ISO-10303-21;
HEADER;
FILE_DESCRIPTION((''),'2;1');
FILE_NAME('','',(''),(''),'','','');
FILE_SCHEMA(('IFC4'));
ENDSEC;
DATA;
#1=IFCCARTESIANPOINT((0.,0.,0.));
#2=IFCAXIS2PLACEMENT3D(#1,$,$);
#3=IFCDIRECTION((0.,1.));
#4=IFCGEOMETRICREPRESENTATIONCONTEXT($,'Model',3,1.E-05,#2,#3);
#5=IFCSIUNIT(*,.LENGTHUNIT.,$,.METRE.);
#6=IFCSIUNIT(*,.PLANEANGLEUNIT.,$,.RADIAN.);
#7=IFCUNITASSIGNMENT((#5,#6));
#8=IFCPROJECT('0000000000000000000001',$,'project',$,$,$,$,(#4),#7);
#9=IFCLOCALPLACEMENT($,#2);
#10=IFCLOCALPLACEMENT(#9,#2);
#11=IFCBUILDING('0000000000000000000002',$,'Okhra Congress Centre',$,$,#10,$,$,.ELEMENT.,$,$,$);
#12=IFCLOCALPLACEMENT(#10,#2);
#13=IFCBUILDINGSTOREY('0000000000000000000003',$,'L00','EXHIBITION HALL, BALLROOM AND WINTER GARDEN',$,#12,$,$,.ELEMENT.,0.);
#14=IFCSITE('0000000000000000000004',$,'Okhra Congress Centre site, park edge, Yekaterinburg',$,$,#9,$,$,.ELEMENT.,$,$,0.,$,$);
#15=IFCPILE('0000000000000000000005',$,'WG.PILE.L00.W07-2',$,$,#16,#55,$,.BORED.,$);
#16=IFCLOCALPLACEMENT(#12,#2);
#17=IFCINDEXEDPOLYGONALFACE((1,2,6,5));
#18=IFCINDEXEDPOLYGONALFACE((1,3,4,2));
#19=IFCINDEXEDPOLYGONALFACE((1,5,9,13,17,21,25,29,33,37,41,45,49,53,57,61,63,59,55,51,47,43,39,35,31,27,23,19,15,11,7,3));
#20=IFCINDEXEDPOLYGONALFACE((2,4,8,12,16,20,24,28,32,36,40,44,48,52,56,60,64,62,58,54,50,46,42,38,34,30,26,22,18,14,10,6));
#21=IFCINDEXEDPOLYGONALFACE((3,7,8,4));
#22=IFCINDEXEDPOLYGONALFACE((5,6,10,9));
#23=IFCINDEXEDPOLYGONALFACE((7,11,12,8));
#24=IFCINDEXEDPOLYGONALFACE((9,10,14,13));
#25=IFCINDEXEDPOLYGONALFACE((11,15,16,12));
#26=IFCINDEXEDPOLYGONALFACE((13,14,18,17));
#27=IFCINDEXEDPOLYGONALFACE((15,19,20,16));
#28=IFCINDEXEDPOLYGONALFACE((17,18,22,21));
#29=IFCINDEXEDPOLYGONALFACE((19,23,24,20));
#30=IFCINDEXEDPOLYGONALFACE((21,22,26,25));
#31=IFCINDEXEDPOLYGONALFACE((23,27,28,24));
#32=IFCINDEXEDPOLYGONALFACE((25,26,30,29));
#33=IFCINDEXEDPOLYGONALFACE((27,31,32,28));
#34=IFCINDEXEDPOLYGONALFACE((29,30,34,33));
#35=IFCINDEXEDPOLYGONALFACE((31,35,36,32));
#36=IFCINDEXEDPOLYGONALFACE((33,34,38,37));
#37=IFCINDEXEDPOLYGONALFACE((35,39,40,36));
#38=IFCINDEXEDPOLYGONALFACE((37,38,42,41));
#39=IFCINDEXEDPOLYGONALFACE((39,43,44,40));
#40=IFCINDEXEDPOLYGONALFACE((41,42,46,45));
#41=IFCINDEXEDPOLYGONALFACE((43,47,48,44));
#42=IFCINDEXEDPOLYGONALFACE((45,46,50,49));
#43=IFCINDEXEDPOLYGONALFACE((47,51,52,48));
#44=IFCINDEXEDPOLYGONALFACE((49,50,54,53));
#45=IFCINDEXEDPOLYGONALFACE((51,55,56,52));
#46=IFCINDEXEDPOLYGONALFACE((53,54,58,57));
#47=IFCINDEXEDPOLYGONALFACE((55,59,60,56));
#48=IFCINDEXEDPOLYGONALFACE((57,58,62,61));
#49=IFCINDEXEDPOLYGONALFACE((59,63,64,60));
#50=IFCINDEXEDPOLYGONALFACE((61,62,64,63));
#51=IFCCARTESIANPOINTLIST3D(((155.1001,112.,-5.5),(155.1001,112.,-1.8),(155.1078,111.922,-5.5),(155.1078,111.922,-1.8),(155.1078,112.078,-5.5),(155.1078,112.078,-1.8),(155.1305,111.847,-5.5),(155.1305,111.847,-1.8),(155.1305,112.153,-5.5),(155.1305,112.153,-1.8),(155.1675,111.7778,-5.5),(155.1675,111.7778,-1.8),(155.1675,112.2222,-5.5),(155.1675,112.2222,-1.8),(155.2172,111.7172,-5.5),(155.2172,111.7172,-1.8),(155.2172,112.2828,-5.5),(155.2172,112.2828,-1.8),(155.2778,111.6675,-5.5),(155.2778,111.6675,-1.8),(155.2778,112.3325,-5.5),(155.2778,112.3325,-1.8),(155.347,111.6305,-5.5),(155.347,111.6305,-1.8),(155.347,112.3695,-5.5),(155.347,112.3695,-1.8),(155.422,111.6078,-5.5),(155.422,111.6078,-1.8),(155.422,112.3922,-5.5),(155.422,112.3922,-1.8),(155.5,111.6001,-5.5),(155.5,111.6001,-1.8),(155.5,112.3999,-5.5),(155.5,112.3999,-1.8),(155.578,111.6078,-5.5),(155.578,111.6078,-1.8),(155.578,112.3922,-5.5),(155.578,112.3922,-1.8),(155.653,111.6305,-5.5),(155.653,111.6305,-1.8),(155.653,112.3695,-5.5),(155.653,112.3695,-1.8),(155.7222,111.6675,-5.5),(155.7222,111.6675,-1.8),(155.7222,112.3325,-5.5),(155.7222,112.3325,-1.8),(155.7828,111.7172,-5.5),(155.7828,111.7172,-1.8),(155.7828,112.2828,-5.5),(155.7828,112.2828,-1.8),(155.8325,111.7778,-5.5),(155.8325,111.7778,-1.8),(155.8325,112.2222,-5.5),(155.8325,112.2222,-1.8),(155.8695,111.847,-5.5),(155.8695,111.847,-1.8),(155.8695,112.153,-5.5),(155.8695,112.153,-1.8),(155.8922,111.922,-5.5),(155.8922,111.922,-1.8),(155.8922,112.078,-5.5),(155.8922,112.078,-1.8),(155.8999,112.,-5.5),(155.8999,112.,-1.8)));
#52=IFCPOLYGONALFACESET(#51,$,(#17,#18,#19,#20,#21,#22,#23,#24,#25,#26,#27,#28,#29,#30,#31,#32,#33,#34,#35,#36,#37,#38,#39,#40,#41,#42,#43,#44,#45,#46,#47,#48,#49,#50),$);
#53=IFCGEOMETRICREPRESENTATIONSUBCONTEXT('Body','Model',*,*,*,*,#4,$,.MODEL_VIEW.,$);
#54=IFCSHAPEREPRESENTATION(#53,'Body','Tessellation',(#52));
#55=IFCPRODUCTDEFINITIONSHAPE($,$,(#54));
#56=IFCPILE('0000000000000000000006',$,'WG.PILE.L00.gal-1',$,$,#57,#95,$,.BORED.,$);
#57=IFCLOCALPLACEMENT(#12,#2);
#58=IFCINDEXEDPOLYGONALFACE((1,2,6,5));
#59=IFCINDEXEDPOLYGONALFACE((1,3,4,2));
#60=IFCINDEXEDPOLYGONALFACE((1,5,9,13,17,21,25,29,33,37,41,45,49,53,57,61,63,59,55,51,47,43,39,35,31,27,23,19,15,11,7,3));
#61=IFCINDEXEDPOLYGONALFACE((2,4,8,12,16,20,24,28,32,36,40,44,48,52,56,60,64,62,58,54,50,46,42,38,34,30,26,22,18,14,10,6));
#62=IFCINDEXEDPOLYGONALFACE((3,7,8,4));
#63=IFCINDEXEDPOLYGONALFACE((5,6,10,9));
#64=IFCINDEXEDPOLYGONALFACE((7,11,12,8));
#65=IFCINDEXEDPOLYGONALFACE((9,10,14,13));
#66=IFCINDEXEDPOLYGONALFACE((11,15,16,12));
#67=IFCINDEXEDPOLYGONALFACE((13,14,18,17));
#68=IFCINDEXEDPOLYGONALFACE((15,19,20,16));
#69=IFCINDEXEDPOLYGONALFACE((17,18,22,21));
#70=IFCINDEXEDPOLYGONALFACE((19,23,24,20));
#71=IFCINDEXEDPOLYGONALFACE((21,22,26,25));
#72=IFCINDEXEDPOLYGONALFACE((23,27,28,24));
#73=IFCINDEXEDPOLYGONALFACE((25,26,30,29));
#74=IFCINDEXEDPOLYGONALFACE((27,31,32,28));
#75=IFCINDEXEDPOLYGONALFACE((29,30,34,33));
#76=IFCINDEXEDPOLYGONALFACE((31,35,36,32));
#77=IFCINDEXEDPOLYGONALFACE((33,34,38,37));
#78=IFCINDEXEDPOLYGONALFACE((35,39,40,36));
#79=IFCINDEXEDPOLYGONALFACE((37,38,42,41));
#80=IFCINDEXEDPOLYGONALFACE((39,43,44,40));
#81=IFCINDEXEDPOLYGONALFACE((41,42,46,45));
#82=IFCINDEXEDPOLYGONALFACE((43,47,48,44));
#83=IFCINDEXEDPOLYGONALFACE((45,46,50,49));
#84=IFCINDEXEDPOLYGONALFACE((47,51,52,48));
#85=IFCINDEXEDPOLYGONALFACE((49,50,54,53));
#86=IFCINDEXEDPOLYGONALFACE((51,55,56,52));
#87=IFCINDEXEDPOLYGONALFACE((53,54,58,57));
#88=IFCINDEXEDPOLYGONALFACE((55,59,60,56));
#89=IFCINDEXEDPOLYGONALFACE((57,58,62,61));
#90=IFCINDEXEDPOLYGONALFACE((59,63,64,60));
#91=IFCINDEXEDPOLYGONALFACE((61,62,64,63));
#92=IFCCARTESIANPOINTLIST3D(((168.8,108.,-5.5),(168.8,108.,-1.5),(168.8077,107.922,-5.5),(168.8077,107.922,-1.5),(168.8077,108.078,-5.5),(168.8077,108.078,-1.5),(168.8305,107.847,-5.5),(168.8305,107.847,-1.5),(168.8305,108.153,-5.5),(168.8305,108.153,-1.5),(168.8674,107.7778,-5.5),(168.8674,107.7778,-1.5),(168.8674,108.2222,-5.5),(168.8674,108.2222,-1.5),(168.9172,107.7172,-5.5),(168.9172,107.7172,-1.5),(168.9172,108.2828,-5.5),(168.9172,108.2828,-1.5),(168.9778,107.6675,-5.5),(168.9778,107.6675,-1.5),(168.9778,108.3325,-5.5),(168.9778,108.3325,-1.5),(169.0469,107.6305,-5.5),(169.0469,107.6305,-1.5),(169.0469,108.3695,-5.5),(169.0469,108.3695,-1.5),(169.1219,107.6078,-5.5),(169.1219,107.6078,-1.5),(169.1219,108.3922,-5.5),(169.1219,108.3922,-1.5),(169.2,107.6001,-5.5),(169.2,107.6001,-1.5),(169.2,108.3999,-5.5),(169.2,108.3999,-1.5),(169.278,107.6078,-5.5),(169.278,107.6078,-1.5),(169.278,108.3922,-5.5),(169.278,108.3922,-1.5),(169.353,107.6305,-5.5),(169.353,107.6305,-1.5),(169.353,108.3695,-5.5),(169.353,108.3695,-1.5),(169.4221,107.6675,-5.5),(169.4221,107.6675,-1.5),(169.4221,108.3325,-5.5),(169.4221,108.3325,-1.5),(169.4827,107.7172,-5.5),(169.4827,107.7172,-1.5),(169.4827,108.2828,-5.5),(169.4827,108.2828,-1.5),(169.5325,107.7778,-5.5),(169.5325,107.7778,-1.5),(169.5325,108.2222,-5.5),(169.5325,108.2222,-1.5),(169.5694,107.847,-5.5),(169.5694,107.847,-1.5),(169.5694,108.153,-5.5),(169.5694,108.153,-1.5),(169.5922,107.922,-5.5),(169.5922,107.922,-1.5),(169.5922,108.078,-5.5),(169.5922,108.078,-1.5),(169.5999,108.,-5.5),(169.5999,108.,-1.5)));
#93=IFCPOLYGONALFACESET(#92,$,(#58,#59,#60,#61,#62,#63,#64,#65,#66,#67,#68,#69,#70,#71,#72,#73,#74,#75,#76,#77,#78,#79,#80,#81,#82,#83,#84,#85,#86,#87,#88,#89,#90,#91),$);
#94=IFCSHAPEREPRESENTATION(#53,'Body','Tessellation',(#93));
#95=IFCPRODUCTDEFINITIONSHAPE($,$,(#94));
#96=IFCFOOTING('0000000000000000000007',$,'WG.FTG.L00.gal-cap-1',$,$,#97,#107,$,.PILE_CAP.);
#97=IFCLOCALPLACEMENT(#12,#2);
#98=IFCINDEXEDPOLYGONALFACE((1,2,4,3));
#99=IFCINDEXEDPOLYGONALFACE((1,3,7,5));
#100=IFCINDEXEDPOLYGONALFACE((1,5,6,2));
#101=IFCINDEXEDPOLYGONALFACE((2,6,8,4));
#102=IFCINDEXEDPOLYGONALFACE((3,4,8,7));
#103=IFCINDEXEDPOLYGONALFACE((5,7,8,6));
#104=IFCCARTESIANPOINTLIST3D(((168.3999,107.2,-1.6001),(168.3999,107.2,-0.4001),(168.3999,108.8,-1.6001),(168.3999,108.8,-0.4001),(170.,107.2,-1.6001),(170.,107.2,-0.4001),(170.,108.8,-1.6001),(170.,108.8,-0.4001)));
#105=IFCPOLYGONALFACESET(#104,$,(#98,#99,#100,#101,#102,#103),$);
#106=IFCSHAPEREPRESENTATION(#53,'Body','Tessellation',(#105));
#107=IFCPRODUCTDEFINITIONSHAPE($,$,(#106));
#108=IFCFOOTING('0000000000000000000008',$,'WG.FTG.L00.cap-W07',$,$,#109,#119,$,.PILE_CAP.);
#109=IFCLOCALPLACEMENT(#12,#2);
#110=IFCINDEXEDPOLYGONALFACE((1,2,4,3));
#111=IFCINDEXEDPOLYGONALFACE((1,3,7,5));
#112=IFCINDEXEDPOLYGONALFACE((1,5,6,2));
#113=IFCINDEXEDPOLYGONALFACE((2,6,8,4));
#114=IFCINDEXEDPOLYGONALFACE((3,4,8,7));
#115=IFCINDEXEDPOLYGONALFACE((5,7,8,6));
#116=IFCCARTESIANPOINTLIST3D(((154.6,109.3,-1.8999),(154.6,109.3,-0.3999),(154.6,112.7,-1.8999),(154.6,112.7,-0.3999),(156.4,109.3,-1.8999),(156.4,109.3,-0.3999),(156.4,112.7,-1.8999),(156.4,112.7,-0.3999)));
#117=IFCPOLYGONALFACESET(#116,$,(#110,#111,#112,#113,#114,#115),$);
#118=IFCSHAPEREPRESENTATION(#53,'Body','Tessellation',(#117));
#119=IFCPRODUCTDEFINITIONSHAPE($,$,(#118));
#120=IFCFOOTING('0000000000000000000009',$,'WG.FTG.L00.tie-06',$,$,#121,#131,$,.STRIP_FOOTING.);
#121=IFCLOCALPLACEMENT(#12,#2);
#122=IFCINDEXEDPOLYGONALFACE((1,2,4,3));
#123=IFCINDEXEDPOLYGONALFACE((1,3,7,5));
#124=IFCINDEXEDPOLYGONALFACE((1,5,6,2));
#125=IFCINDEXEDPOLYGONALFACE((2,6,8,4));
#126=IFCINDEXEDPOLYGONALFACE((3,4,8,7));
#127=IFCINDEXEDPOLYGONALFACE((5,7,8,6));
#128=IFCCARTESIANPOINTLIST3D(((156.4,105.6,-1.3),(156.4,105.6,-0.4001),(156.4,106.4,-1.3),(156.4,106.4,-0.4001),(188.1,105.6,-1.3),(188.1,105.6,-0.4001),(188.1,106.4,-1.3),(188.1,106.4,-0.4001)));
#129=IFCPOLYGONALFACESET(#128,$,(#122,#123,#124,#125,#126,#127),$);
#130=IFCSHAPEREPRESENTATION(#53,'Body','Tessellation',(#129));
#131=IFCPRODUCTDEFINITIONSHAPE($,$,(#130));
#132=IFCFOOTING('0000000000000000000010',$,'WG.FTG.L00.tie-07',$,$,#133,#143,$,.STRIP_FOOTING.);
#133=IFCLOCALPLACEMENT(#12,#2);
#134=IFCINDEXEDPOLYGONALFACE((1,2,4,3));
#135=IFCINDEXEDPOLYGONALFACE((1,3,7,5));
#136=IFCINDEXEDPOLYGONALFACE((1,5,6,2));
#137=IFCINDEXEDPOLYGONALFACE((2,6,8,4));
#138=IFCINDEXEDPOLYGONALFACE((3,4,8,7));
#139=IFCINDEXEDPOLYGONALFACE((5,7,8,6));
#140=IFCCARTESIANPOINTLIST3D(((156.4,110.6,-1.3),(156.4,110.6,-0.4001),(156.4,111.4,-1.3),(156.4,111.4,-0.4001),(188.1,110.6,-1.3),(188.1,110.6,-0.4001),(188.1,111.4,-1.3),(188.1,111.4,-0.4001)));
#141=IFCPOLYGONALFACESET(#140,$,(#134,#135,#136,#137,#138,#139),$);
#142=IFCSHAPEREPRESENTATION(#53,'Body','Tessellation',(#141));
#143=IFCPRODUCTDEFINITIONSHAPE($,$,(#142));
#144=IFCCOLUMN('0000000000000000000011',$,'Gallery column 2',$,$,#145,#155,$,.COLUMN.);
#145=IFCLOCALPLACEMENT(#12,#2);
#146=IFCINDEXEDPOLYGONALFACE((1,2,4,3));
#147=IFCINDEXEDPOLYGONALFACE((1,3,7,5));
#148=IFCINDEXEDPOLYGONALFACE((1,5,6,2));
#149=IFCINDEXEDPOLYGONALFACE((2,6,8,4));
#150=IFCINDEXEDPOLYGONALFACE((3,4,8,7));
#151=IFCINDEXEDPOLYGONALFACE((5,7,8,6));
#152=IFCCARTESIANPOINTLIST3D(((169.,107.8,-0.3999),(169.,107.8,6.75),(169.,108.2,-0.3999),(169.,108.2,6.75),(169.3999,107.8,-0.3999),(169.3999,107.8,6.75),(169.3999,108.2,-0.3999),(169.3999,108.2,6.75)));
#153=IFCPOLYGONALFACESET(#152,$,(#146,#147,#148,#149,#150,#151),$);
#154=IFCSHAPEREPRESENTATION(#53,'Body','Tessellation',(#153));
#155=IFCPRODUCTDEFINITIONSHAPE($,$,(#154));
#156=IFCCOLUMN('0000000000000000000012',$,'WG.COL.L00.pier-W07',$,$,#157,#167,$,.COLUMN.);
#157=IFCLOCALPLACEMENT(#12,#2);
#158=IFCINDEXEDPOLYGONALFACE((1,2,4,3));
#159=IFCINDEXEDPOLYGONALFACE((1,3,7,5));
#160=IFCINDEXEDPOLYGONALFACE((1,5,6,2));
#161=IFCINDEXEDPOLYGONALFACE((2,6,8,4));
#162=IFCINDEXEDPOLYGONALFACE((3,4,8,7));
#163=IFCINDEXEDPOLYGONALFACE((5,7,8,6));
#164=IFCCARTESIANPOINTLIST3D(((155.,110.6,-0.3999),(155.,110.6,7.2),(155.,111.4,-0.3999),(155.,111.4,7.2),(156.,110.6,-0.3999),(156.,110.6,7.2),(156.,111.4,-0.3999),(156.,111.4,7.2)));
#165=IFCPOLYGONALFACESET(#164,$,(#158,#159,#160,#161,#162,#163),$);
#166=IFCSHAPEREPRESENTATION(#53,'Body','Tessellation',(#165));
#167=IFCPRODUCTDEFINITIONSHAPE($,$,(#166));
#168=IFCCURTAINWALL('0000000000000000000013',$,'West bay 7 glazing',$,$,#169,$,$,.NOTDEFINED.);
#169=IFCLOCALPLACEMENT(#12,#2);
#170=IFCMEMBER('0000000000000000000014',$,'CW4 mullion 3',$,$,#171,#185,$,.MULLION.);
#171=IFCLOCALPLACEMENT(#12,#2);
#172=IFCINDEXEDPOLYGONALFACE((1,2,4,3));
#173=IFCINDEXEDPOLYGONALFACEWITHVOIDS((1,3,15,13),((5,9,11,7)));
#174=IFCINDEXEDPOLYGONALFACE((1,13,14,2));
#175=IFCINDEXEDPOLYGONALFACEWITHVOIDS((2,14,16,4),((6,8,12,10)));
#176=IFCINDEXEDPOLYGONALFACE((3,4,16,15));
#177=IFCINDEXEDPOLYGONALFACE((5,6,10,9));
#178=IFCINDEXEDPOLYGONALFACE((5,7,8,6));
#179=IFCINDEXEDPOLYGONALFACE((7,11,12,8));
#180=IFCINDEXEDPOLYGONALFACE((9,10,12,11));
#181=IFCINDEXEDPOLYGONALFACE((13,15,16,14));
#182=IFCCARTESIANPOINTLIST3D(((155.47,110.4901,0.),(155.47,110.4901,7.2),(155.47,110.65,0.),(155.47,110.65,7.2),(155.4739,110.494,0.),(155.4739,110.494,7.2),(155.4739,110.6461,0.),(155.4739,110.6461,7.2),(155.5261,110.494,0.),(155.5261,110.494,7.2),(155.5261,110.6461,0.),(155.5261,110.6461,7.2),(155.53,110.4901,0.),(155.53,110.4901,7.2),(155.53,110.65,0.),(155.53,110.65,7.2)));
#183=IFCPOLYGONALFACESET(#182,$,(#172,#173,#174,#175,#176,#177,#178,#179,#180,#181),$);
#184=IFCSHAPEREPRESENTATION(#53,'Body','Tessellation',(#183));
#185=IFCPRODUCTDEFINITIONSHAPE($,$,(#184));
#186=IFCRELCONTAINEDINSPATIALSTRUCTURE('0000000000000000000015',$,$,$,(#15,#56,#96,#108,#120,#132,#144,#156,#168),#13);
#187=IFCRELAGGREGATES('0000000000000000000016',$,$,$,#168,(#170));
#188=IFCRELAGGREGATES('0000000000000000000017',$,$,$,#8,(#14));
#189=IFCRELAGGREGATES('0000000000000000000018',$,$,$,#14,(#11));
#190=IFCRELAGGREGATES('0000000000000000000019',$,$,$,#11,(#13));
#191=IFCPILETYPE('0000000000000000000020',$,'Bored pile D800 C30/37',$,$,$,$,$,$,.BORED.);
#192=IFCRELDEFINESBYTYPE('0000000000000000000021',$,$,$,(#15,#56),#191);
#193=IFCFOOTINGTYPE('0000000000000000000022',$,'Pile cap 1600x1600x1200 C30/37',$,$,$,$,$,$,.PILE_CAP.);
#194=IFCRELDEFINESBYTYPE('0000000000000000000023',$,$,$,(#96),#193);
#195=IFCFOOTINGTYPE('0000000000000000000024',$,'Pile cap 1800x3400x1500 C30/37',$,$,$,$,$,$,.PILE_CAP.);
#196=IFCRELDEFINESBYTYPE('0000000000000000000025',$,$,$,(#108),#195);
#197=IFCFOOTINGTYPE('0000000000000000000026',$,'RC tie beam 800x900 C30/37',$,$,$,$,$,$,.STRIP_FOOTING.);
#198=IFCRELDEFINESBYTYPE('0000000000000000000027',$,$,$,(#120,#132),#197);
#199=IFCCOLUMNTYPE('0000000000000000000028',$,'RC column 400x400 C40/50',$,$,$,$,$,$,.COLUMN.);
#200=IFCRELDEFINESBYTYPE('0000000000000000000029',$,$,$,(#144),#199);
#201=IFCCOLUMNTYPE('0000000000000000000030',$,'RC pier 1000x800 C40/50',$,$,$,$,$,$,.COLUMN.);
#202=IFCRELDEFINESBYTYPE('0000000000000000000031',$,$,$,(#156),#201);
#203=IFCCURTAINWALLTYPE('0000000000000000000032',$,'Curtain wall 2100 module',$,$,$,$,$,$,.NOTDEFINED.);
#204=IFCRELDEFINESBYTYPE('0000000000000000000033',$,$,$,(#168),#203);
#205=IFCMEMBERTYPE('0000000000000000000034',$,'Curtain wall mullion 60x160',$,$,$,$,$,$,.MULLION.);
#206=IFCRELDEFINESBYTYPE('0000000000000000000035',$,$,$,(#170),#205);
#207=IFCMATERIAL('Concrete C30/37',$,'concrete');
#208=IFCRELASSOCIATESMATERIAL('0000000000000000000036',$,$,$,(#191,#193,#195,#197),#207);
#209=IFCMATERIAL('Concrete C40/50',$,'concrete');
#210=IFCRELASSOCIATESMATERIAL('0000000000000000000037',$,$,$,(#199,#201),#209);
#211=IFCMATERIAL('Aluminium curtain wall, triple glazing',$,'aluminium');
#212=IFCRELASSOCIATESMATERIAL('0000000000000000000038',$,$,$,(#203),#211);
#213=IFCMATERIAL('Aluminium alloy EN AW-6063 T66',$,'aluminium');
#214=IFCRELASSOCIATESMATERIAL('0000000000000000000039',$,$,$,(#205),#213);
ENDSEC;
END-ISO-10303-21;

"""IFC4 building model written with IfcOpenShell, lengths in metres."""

from ifc_helpers import new_model, si_unit, direction, frame, origin, origin_2d, place, context, subcontext, project, spatial, rectangle, hollow_rectangle, circle, extrude, material, material_profile, profile_set, type_object, element, aggregate, save


model = new_model("IFC4")

# Units and contexts
model_context = context("Model", 3, precision=1e-05, world=origin(), true_north=direction((0.0, 1.0)))
body_context = subcontext(model_context, "Body", "Model", "MODEL_VIEW")
ifc_project = project(units=[si_unit("LENGTHUNIT", "METRE"), si_unit("PLANEANGLEUNIT", "RADIAN")], contexts=[model_context])

# Site, building, storey
site_placement = place(None, origin())
site = spatial("IfcSite", under=ifc_project, at=site_placement, Name="Okhra Congress Centre site, park edge, Yekaterinburg", CompositionType="ELEMENT", RefElevation=0.0)
building_placement = place(site_placement, origin())
building = spatial("IfcBuilding", under=site, at=building_placement, Name="Okhra Congress Centre", CompositionType="ELEMENT")
storey_placement = place(building_placement, origin())
storey = spatial("IfcBuildingStorey", under=building, at=storey_placement, Name="L00", Description="EXHIBITION HALL, BALLROOM AND WINTER GARDEN", CompositionType="ELEMENT", Elevation=0.0)

# Piles
ifc_material_1 = material(Name="Concrete C30/37", Category="concrete")
ifc_material_profile_1 = material_profile(ifc_material_1, circle(Radius=0.3999, at=origin_2d()), Name="D800")
ifc_profile_set_1 = profile_set([ifc_material_profile_1], Name="Concrete C30/37")
pile_type = type_object("IfcPileType", Name="Bored pile D800 C30/37", PredefinedType="BORED", material=ifc_profile_set_1)
pile_1_placement = place(storey_placement, frame((155.5, 112.0, -1.8), z_axis=(0.0, 0.0, -1.0), x_axis=(1.0, 0.0, 0.0)))
element("IfcPile", 1, at=pile_1_placement, inside=storey, type_object=pile_type, Name="WG.PILE.L00.W07-2", PredefinedType="BORED", context=body_context, shape_type="SweptSolid", body=[
    extrude(circle(Radius=0.3999, at=origin_2d()), origin(), (0.0, 0.0, 1.0), 3.7),
])
pile_2_placement = place(storey_placement, frame((169.2, 108.0, -1.5), z_axis=(0.0, 0.0, -1.0), x_axis=(1.0, 0.0, 0.0)))
element("IfcPile", 2, at=pile_2_placement, inside=storey, type_object=pile_type, Name="WG.PILE.L00.gal-1", PredefinedType="BORED", context=body_context, shape_type="SweptSolid", body=[
    extrude(circle(Radius=0.3999, at=origin_2d()), origin(), (0.0, 0.0, 1.0), 4.0),
])

# Footings
footing_type_1 = type_object("IfcFootingType", Name="Pile cap 1600x1600x1200 C30/37", PredefinedType="PILE_CAP", material=ifc_material_1)
footing_1_placement = place(storey_placement, frame((169.2, 108.0, -1.6001), z_axis=(0.0, 0.0, 1.0), x_axis=(1.0, 0.0, 0.0)))
element("IfcFooting", 3, at=footing_1_placement, inside=storey, type_object=footing_type_1, Name="WG.FTG.L00.gal-cap-1", PredefinedType="PILE_CAP", context=body_context, shape_type="SweptSolid", body=[
    extrude(rectangle(XDim=1.6001, YDim=1.6001, at=origin_2d()), origin(), (0.0, 0.0, 1.0), 1.2),
])
footing_type_2 = type_object("IfcFootingType", Name="Pile cap 1800x3400x1500 C30/37", PredefinedType="PILE_CAP", material=ifc_material_1)
footing_2_placement = place(storey_placement, frame((155.5, 111.0, -1.8999), z_axis=(0.0, 0.0, 1.0), x_axis=(1.0, 0.0, 0.0)))
element("IfcFooting", 4, at=footing_2_placement, inside=storey, type_object=footing_type_2, Name="WG.FTG.L00.cap-W07", PredefinedType="PILE_CAP", context=body_context, shape_type="SweptSolid", body=[
    extrude(rectangle(XDim=1.8, YDim=3.3999, at=origin_2d()), origin(), (0.0, 0.0, 1.0), 1.5),
])
footing_type_3 = type_object("IfcFootingType", Name="RC tie beam 800x900 C30/37", PredefinedType="STRIP_FOOTING", material=ifc_material_1)
for number, where, z_axis, x_axis, name in (
    (5, (172.25, 106.0, -1.3), (0.0, 0.0, 1.0), (1.0, 0.0, 0.0), "WG.FTG.L00.tie-06"),
    (6, (172.25, 111.0, -1.3), (0.0, 0.0, 1.0), (1.0, 0.0, 0.0), "WG.FTG.L00.tie-07"),
):
    element("IfcFooting", number, at=place(storey_placement, frame(where, z_axis=z_axis, x_axis=x_axis)), inside=storey, type_object=footing_type_3, Name=name, PredefinedType="STRIP_FOOTING", context=body_context, shape_type="SweptSolid", body=[
        extrude(rectangle(XDim=31.7, YDim=0.8, at=origin_2d()), origin(), (0.0, 0.0, 1.0), 0.8999),
    ])

# Columns
ifc_material_2 = material(Name="Concrete C40/50", Category="concrete")
ifc_material_profile_2 = material_profile(ifc_material_2, rectangle(XDim=0.3999, YDim=0.3999, at=origin_2d()), Name="RC 400x400")
ifc_profile_set_2 = profile_set([ifc_material_profile_2], Name="Concrete C40/50")
column_type_1 = type_object("IfcColumnType", Name="RC column 400x400 C40/50", PredefinedType="COLUMN", material=ifc_profile_set_2)
column_1_placement = place(storey_placement, frame((169.2, 108.0, -0.3999), z_axis=(0.0, 0.0, 1.0), x_axis=(1.0, 0.0, 0.0)))
element("IfcColumn", 7, at=column_1_placement, inside=storey, type_object=column_type_1, Name="Gallery column 2", PredefinedType="COLUMN", context=body_context, shape_type="SweptSolid", body=[
    extrude(rectangle(XDim=0.3999, YDim=0.3999, at=origin_2d()), origin(), (0.0, 0.0, 1.0), 7.1499),
])
ifc_material_profile_3 = material_profile(ifc_material_2, rectangle(XDim=1.0, YDim=0.8, at=origin_2d()), Name="RC 1000x800")
ifc_profile_set_3 = profile_set([ifc_material_profile_3], Name="Concrete C40/50")
column_type_2 = type_object("IfcColumnType", Name="RC pier 1000x800 C40/50", PredefinedType="COLUMN", material=ifc_profile_set_3)
column_2_placement = place(storey_placement, frame((155.5, 111.0, -0.3999), z_axis=(0.0, 0.0, 1.0), x_axis=(1.0, 0.0, 0.0)))
element("IfcColumn", 8, at=column_2_placement, inside=storey, type_object=column_type_2, Name="WG.COL.L00.pier-W07", PredefinedType="COLUMN", context=body_context, shape_type="SweptSolid", body=[
    extrude(rectangle(XDim=1.0, YDim=0.8, at=origin_2d()), origin(), (0.0, 0.0, 1.0), 7.5999),
])

# Curtain wall, member
ifc_material_3 = material(Name="Aluminium curtain wall, triple glazing", Category="aluminium")
curtain_wall_type = type_object("IfcCurtainWallType", Name="Curtain wall 2100 module", PredefinedType="NOTDEFINED", material=ifc_material_3)
curtain_wall_1_placement = place(storey_placement, origin())
curtain_wall_1 = element("IfcCurtainWall", 9, at=curtain_wall_1_placement, inside=storey, type_object=curtain_wall_type, Name="West bay 7 glazing", PredefinedType="NOTDEFINED")
ifc_material_4 = material(Name="Aluminium alloy EN AW-6063 T66", Category="aluminium")
ifc_material_profile_4 = material_profile(ifc_material_4, hollow_rectangle(XDim=0.0601, YDim=0.1599, WallThickness=0.0039, at=origin_2d()), Name="RHS 60x160x4")
ifc_profile_set_4 = profile_set([ifc_material_profile_4], Name="Aluminium alloy EN AW-6063 T66")
member_type_1 = type_object("IfcMemberType", Name="Curtain wall mullion 60x160", PredefinedType="MULLION", material=ifc_profile_set_4)
member_1_placement = place(storey_placement, frame((155.5, 110.5701, 0.0), z_axis=(0.0, 0.0, 1.0), x_axis=(-1.0, 0.0, 0.0)))
member_1 = element("IfcMember", 10, at=member_1_placement, type_object=member_type_1, Name="CW4 mullion 3", PredefinedType="MULLION", context=body_context, shape_type="SweptSolid", body=[
    extrude(hollow_rectangle(XDim=0.0601, YDim=0.1599, WallThickness=0.0039, at=origin_2d()), origin(), (0.0, 0.0, 1.0), 7.2),
])
aggregate(curtain_wall_1, [member_1])

save(model, "model.ifc")
